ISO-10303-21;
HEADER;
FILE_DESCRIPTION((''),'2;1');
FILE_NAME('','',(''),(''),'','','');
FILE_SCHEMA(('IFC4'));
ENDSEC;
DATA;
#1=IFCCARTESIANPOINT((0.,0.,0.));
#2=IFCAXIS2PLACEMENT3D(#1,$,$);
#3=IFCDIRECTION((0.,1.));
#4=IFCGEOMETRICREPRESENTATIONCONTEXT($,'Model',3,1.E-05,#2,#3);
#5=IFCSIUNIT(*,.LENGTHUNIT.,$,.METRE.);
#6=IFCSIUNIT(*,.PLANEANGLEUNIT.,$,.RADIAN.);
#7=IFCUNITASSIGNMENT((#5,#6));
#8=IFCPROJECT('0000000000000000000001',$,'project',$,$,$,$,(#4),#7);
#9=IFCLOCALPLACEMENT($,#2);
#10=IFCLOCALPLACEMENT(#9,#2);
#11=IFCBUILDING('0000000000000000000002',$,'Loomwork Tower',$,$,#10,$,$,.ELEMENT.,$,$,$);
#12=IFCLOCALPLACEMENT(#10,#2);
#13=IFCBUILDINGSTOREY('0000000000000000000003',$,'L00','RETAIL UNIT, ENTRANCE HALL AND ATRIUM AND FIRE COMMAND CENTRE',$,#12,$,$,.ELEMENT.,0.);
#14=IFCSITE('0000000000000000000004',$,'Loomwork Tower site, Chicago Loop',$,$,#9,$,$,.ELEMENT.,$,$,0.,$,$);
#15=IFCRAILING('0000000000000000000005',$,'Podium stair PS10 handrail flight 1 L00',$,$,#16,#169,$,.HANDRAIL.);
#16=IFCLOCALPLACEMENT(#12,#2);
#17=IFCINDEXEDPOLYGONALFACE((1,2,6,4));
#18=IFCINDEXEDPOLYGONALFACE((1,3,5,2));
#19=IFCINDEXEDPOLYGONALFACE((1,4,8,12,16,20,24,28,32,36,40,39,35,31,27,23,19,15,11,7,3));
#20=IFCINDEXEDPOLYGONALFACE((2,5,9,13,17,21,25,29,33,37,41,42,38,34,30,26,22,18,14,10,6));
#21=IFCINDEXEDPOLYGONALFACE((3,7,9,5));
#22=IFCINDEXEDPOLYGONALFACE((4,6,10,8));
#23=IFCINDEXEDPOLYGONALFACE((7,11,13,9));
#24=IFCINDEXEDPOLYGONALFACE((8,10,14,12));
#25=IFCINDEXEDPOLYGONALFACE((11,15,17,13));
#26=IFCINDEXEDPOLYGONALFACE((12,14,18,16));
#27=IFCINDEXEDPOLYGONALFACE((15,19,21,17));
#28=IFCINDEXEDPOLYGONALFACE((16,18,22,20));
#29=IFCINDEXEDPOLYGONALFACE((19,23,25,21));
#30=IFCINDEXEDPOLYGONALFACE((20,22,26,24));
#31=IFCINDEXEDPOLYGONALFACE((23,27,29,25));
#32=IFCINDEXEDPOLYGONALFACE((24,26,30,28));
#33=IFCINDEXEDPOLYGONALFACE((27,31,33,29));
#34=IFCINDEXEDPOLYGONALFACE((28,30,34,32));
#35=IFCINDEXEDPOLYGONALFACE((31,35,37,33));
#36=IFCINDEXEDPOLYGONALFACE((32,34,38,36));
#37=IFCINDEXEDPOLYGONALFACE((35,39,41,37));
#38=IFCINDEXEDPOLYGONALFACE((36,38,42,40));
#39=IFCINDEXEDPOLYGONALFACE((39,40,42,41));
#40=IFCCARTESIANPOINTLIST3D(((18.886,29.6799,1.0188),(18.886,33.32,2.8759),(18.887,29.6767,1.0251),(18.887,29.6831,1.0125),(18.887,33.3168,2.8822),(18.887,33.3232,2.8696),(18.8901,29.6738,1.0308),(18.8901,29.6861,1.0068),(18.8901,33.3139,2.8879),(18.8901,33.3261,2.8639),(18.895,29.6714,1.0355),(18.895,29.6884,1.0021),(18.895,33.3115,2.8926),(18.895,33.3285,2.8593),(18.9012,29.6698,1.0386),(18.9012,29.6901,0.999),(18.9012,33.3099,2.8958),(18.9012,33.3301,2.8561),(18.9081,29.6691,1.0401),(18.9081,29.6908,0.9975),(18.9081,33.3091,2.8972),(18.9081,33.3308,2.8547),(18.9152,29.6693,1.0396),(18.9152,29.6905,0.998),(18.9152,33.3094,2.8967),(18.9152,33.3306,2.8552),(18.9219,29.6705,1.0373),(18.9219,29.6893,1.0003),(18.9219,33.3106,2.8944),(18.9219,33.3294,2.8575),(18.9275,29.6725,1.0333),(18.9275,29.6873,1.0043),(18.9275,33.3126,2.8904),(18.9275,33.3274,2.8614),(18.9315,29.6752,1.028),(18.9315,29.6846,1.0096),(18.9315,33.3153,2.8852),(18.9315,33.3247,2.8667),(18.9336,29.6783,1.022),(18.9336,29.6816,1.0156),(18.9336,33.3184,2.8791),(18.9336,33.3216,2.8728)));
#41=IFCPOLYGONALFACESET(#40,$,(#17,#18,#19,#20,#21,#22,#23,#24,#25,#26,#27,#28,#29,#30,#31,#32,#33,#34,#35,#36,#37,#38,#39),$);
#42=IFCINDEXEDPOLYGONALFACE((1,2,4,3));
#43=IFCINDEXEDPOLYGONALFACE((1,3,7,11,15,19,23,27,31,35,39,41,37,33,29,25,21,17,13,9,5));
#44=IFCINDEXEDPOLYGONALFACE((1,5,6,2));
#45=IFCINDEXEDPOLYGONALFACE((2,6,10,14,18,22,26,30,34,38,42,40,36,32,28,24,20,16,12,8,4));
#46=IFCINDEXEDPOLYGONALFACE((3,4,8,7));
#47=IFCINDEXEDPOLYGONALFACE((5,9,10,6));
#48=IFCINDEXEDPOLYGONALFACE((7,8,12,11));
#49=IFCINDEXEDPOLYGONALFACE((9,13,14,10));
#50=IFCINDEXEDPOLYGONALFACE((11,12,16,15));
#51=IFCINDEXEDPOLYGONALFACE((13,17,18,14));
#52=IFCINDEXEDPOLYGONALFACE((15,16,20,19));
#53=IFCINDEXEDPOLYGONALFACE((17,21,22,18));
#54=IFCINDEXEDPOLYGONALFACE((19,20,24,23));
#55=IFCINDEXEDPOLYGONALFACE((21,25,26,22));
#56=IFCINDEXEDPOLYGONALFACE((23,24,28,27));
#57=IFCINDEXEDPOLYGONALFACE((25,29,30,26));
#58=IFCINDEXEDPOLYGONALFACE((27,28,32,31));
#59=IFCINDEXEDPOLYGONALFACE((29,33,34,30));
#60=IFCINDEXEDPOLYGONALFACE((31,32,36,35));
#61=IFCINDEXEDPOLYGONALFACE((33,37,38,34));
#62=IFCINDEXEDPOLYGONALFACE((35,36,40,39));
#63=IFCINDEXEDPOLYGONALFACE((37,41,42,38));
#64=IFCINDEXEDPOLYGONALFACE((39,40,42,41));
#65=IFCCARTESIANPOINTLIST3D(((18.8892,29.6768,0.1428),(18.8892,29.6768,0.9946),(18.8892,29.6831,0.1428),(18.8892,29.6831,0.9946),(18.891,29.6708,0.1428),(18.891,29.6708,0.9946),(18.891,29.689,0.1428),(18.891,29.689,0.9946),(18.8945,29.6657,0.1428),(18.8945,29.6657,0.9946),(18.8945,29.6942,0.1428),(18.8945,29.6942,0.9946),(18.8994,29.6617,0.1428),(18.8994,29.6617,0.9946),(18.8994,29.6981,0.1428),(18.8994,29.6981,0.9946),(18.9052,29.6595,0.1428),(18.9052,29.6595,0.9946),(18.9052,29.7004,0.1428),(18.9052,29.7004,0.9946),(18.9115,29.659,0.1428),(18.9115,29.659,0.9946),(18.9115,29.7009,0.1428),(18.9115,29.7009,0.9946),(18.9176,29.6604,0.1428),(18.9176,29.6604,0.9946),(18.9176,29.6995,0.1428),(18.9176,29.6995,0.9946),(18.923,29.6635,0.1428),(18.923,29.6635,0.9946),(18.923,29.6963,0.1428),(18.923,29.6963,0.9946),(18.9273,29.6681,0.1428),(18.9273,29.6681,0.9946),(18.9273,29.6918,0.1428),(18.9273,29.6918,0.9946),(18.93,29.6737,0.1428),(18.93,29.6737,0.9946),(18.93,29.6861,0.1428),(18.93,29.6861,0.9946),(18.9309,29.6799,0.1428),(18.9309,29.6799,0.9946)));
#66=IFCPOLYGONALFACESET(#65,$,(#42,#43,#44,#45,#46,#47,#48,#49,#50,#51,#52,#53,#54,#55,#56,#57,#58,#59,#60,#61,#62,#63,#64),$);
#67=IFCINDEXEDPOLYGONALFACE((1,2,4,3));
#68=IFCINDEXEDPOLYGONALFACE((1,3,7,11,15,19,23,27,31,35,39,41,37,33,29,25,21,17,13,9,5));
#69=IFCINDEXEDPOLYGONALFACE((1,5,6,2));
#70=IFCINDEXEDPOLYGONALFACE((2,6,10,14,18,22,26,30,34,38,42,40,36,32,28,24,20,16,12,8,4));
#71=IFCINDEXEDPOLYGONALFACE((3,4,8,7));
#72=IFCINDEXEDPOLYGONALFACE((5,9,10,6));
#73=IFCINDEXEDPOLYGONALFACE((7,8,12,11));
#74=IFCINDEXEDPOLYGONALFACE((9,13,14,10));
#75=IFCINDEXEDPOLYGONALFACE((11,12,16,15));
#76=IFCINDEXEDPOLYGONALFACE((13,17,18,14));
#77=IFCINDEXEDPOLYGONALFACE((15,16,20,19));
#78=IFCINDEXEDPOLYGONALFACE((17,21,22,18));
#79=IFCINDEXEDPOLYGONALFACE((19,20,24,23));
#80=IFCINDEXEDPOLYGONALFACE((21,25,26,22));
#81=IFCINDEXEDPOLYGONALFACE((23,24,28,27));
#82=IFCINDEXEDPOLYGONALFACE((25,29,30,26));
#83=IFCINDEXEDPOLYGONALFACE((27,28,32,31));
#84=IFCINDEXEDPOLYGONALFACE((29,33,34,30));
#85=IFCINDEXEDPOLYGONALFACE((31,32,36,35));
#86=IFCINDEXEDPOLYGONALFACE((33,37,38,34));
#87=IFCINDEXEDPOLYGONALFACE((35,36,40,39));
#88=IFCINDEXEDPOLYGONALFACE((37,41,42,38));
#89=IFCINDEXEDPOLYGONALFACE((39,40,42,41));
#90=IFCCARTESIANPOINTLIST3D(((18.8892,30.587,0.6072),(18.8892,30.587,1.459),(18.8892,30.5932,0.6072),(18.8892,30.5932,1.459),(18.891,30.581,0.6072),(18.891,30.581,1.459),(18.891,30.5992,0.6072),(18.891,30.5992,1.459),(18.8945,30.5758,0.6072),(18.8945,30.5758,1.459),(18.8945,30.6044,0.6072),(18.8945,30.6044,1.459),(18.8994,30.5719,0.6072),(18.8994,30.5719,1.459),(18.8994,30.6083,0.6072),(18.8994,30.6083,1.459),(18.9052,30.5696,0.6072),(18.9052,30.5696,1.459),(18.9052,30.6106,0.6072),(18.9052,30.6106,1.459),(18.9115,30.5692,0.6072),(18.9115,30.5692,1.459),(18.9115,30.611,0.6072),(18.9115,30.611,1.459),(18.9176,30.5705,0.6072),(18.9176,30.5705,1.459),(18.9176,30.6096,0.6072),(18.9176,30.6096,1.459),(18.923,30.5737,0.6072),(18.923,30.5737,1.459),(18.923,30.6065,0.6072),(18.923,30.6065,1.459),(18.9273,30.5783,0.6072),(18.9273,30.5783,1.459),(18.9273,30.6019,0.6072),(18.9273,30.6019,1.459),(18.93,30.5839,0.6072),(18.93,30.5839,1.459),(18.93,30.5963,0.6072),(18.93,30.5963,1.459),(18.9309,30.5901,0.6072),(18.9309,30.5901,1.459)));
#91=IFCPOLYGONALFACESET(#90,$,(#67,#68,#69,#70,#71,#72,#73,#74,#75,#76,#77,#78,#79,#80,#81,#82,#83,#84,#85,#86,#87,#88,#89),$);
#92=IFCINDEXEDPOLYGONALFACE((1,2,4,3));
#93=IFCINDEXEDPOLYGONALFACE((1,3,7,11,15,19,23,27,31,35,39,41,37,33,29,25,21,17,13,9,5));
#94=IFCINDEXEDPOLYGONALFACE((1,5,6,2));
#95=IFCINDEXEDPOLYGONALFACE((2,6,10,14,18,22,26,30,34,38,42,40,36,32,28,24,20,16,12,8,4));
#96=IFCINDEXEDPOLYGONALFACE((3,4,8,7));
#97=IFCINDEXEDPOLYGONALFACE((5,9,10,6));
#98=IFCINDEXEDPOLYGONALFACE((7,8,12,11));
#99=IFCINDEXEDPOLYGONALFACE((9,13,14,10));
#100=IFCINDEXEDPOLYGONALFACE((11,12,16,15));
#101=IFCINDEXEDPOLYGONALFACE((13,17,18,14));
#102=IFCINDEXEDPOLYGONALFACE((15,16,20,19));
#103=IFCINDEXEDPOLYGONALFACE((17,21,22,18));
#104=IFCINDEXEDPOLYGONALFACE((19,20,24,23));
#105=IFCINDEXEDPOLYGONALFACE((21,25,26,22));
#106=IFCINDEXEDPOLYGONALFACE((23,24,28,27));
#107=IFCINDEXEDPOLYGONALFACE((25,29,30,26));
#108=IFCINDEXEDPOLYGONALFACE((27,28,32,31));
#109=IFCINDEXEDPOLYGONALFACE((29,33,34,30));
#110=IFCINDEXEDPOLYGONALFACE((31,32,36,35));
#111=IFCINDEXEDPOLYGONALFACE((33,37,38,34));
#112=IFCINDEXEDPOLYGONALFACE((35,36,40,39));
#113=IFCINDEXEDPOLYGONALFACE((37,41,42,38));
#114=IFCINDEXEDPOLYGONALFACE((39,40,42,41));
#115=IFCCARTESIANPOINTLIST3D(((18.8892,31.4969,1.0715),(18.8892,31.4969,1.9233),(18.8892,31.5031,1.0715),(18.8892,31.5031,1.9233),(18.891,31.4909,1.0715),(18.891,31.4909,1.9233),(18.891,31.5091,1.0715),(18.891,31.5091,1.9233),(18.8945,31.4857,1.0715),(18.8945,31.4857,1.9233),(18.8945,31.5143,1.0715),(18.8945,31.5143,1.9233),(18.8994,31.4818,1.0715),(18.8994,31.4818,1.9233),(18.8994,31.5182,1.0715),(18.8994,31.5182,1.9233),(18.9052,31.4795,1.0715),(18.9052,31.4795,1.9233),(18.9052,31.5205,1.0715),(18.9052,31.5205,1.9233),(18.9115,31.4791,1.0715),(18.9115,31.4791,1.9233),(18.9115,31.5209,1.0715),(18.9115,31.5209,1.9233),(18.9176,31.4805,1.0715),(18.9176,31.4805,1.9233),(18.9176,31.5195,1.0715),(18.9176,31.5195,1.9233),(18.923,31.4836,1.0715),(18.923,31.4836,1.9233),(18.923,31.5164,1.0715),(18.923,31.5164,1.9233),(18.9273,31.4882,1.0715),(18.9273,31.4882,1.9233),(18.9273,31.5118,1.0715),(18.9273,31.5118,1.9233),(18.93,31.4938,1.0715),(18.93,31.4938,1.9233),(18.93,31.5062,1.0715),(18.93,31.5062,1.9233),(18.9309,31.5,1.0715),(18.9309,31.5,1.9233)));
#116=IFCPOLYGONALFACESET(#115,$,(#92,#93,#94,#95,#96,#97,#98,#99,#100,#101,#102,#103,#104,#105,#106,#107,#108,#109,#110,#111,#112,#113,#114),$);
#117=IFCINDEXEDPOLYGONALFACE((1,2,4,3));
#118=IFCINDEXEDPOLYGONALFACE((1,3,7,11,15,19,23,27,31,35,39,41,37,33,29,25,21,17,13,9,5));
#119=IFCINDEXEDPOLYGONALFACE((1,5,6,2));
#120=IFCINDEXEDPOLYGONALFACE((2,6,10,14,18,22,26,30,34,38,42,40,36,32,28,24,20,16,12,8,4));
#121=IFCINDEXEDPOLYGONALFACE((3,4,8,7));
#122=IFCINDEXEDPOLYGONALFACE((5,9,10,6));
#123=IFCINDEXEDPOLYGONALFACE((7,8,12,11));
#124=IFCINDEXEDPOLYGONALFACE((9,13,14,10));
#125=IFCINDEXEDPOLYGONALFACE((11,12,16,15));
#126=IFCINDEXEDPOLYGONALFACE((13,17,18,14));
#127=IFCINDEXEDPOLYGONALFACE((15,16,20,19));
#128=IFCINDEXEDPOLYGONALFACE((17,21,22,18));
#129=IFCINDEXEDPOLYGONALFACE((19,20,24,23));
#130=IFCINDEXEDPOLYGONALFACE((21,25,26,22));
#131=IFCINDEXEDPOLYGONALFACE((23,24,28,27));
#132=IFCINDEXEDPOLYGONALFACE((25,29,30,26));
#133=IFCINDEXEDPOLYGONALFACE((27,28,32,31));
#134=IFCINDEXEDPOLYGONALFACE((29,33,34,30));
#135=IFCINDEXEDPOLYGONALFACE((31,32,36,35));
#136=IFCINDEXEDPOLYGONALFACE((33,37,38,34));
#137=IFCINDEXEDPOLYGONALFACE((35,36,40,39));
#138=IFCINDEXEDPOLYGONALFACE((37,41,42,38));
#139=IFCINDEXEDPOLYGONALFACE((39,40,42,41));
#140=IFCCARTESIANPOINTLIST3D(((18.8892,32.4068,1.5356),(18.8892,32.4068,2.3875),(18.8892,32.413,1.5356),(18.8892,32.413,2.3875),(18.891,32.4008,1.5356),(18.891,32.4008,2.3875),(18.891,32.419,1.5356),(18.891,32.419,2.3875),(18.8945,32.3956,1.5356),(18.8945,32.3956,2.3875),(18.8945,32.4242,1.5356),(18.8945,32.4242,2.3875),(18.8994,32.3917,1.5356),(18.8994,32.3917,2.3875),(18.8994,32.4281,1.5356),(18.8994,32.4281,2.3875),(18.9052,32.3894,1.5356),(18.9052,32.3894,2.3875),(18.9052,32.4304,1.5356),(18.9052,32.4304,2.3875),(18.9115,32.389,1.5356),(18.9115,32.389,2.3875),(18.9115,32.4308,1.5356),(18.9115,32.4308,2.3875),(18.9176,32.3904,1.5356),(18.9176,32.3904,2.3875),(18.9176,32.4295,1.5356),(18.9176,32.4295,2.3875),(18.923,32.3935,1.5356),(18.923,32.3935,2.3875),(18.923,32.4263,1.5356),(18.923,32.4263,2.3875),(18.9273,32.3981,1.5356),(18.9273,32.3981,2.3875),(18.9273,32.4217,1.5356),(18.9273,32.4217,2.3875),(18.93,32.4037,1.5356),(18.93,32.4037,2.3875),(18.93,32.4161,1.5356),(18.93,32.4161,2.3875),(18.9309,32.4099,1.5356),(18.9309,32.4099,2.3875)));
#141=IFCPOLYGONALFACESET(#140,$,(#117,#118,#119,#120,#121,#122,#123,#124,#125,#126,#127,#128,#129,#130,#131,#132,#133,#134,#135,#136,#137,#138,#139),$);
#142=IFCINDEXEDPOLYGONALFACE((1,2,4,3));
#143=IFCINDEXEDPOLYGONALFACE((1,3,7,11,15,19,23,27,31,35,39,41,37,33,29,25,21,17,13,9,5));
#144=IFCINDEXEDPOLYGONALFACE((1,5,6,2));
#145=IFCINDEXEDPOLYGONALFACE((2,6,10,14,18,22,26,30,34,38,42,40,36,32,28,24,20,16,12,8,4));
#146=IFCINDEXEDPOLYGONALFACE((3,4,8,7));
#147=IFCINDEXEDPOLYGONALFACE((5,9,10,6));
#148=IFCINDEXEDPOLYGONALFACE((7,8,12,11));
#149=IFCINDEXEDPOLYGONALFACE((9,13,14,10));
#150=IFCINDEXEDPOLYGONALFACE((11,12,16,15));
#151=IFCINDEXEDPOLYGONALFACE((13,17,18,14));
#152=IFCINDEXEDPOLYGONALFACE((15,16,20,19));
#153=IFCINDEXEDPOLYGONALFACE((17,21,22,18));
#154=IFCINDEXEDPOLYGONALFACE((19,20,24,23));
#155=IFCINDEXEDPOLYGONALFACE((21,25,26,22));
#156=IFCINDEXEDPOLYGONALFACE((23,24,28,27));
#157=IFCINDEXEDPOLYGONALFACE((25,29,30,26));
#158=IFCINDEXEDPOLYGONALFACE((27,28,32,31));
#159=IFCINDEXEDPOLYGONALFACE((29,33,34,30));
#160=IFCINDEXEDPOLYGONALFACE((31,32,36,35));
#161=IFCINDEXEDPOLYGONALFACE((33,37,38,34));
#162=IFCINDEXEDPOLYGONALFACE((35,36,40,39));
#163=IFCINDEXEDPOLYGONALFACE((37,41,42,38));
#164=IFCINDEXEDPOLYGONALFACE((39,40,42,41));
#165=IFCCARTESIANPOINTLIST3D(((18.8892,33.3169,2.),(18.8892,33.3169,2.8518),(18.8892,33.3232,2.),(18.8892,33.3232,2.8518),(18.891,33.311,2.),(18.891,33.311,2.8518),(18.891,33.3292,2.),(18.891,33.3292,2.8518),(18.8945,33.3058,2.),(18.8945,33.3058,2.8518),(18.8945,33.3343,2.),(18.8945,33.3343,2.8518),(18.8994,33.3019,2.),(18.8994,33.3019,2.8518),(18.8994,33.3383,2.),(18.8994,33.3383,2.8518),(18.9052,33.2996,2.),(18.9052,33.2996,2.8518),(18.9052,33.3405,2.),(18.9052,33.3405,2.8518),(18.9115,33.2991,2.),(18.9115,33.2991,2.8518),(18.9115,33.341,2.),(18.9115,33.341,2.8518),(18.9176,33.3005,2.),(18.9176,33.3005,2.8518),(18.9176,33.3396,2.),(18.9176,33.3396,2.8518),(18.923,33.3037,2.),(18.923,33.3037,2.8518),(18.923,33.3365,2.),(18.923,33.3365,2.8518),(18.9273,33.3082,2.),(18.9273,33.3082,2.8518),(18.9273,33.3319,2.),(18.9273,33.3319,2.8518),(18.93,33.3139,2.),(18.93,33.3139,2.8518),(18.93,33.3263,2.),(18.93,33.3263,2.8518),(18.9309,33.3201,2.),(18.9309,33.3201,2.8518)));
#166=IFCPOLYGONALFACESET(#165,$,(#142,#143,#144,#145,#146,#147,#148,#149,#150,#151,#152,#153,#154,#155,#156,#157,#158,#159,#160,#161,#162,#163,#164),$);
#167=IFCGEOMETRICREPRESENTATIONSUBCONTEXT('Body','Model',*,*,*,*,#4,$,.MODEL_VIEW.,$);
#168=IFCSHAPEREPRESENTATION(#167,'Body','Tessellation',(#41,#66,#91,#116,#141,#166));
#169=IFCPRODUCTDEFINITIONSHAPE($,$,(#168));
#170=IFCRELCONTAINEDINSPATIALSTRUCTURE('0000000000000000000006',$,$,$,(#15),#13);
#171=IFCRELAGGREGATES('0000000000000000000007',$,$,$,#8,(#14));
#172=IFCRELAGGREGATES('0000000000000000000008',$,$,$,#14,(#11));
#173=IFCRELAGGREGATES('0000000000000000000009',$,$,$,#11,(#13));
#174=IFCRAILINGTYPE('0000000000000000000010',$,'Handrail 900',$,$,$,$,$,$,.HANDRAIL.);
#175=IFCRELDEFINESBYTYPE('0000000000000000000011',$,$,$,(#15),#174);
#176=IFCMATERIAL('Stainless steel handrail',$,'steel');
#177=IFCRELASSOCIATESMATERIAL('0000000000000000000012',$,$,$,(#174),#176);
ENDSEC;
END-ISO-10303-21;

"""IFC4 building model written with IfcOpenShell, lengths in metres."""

from ifc_helpers import new_model, si_unit, direction, frame, origin, origin_2d, place, context, subcontext, project, spatial, circle, extrude, material, type_object, element, save


model = new_model("IFC4")

# Units and contexts
model_context = context("Model", 3, precision=1e-05, world=origin(), true_north=direction((0.0, 1.0)))
body_context = subcontext(model_context, "Body", "Model", "MODEL_VIEW")
ifc_project = project(units=[si_unit("LENGTHUNIT", "METRE"), si_unit("PLANEANGLEUNIT", "RADIAN")], contexts=[model_context])

# Site, building, storey
site_placement = place(None, origin())
site = spatial("IfcSite", under=ifc_project, at=site_placement, Name="Loomwork Tower site, Chicago Loop", CompositionType="ELEMENT", RefElevation=0.0)
building_placement = place(site_placement, origin())
building = spatial("IfcBuilding", under=site, at=building_placement, Name="Loomwork Tower", CompositionType="ELEMENT")
storey_placement = place(building_placement, origin())
storey = spatial("IfcBuildingStorey", under=building, at=storey_placement, Name="L00", Description="RETAIL UNIT, ENTRANCE HALL AND ATRIUM AND FIRE COMMAND CENTRE", CompositionType="ELEMENT", Elevation=0.0)

# Railing
ifc_material_1 = material(Name="Stainless steel handrail", Category="steel")
railing_type = type_object("IfcRailingType", Name="Handrail 900", PredefinedType="HANDRAIL", material=ifc_material_1)
for number, where, name in (
    (1, (18.9099, 29.6799, 0.1428), "Podium stair PS10 handrail flight 1 L00"),
):
    element("IfcRailing", number, at=place(storey_placement, frame(where)), inside=storey, type_object=railing_type, Name=name, PredefinedType="HANDRAIL", context=body_context, shape_type="SweptSolid", body=[
        extrude(circle(Radius=0.0239, at=origin_2d()), frame((0.0, 0.0, 0.876), z_axis=(0.0, 0.890765, 0.454464), x_axis=(-1.0, 0.0, 0.0)), (0.0, 0.0, 1.0), 4.0864),
        extrude(circle(Radius=0.021, at=origin_2d()), origin(), (0.0, 0.0, 1.0), 0.8518),
        extrude(circle(Radius=0.021, at=origin_2d()), frame((0.0, 0.9102, 0.4644)), (0.0, 0.0, 1.0), 0.8518),
        extrude(circle(Radius=0.021, at=origin_2d()), frame((0.0, 1.8201, 0.9287)), (0.0, 0.0, 1.0), 0.8518),
        extrude(circle(Radius=0.021, at=origin_2d()), frame((0.0, 2.73, 1.3928)), (0.0, 0.0, 1.0), 0.8518),
        extrude(circle(Radius=0.021, at=origin_2d()), frame((0.0, 3.6401, 1.8572)), (0.0, 0.0, 1.0), 0.8518),
    ])

save(model, "model.ifc")
